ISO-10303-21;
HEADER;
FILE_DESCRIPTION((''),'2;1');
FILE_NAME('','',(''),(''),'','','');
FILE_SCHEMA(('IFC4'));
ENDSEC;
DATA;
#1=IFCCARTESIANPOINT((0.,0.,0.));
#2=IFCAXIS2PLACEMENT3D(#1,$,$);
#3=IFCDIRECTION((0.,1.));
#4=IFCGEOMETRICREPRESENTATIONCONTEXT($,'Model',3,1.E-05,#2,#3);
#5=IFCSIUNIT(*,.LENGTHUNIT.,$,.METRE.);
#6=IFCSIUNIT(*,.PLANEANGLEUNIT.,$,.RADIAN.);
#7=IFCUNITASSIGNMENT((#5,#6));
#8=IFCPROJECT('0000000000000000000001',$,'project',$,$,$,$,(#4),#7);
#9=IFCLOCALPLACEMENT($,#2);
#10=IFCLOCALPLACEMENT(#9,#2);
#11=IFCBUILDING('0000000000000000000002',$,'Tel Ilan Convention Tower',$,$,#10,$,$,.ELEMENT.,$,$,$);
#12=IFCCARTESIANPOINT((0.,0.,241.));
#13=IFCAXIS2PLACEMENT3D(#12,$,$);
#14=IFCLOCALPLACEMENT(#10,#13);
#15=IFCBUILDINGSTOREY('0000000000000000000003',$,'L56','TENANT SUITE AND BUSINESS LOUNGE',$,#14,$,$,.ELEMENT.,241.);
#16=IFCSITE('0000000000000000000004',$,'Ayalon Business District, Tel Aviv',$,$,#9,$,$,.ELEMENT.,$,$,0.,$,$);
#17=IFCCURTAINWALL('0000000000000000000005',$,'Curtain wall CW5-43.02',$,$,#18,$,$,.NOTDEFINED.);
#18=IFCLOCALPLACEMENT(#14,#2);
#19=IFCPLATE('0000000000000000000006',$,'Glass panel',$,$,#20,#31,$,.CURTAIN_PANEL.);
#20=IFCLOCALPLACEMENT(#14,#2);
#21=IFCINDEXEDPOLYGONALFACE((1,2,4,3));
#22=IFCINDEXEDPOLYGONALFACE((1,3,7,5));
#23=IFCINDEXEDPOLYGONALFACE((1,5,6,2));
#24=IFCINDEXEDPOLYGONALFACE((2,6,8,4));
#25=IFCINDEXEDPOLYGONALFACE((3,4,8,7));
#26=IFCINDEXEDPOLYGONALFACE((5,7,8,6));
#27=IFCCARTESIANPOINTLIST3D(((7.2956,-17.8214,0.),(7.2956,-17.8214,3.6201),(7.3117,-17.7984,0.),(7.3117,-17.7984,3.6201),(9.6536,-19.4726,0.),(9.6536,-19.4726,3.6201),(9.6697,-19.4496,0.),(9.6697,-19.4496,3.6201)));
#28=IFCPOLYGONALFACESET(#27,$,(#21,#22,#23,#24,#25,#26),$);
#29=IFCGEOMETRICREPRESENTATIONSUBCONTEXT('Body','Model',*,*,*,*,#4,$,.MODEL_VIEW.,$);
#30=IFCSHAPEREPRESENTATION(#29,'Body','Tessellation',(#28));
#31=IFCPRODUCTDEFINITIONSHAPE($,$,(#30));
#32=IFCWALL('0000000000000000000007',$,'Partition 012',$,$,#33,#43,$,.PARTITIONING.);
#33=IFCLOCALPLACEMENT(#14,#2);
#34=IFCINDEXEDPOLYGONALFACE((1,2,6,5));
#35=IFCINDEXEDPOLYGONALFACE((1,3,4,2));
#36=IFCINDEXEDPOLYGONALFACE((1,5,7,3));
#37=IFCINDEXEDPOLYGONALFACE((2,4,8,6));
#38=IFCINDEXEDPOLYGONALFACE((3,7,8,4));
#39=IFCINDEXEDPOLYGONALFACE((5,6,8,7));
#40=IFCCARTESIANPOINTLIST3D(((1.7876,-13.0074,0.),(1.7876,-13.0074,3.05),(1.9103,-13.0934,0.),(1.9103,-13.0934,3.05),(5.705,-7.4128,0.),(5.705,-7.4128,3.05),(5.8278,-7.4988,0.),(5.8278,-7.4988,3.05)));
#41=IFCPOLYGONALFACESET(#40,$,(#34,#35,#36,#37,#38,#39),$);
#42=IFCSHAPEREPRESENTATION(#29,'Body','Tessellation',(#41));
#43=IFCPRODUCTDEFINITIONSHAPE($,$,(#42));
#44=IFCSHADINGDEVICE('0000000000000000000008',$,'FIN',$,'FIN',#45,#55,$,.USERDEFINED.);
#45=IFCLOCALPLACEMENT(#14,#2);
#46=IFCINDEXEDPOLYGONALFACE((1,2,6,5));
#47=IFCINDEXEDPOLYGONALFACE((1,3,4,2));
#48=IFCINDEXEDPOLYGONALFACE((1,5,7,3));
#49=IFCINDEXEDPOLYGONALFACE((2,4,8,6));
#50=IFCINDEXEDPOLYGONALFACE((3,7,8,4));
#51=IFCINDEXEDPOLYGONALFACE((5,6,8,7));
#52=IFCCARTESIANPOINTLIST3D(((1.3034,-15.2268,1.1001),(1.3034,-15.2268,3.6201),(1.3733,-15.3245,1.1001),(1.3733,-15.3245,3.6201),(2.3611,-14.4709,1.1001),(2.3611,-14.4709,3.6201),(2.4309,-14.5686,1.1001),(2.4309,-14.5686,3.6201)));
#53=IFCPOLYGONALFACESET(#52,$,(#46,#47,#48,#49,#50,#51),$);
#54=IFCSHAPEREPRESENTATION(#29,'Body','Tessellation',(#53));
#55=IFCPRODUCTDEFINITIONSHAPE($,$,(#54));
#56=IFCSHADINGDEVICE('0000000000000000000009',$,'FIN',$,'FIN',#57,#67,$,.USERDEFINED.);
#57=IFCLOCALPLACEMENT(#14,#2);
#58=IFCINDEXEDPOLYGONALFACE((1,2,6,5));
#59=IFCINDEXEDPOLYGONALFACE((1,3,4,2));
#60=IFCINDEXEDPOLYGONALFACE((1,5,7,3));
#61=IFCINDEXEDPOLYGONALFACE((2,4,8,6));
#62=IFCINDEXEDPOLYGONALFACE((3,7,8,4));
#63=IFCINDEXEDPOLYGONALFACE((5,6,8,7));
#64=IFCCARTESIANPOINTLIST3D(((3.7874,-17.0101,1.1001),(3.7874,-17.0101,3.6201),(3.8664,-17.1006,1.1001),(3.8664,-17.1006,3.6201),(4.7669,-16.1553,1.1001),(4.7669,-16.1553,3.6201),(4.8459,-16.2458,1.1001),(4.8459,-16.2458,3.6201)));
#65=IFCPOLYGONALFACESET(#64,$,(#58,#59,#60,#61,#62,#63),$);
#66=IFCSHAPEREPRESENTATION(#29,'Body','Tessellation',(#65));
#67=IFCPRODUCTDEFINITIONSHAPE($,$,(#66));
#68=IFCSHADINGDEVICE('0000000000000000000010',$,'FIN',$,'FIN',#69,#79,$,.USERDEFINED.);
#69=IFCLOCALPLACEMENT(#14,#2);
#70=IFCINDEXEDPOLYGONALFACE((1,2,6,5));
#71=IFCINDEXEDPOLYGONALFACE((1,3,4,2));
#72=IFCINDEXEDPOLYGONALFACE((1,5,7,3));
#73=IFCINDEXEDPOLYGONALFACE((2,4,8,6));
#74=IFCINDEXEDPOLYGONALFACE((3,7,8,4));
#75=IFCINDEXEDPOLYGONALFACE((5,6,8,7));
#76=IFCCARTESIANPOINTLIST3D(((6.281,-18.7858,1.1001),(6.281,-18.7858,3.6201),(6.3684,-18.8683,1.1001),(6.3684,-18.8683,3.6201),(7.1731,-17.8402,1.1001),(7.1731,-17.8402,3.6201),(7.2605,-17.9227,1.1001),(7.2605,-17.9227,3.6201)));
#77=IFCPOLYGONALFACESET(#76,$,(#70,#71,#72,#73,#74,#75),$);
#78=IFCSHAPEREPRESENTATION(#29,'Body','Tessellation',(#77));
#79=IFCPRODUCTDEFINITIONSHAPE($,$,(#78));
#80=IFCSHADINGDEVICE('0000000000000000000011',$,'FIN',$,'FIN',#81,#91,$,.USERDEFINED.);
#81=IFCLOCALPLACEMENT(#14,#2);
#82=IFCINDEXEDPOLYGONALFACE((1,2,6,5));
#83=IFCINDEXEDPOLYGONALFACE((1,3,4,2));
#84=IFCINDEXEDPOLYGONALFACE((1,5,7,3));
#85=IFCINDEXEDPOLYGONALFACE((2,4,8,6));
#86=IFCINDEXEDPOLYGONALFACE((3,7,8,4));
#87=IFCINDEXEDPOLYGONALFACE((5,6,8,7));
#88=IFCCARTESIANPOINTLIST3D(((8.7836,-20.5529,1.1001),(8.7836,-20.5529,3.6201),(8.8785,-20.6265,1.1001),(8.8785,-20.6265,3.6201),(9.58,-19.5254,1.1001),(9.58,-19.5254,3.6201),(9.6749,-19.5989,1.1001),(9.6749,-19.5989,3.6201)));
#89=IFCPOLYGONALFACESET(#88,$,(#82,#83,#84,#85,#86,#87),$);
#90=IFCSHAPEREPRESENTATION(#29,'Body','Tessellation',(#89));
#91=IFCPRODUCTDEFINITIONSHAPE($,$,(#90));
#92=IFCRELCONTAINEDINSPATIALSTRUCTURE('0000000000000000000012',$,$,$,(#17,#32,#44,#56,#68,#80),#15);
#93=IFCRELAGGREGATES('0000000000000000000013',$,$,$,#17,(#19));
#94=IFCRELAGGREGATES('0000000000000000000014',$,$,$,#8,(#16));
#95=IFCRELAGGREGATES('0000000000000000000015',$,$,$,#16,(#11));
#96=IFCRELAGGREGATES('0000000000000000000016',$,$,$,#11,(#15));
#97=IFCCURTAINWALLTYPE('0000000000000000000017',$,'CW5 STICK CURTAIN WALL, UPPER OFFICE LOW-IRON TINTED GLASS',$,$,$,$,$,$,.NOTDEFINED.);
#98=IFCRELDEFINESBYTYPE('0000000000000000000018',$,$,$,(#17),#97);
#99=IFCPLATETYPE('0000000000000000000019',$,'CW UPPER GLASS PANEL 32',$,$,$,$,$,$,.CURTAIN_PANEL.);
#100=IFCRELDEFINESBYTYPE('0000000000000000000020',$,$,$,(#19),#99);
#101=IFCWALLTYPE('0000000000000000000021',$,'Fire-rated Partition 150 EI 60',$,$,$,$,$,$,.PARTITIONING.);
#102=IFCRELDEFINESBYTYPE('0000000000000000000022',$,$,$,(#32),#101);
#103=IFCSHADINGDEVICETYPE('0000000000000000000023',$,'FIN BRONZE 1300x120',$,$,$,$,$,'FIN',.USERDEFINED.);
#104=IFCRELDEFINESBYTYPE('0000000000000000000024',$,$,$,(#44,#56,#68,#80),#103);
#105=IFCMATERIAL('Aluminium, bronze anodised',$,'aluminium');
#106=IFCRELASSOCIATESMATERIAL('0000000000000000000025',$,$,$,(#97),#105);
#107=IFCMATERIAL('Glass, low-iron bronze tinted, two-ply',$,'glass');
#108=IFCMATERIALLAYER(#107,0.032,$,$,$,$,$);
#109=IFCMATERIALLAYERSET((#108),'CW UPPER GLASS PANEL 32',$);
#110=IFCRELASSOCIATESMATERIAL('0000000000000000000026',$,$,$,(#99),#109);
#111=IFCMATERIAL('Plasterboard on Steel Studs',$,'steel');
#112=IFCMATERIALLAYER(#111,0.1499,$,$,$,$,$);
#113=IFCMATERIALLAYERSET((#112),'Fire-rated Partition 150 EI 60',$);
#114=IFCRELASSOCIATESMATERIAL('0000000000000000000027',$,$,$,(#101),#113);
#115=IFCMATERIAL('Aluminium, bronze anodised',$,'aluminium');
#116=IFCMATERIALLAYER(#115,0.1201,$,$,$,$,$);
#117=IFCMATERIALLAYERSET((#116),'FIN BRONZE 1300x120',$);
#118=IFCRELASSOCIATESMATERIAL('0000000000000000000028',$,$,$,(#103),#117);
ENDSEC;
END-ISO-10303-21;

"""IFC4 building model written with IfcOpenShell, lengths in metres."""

from ifc_helpers import new_model, si_unit, direction, frame, frame_2d, origin, origin_2d, place, context, subcontext, project, spatial, rectangle, extrude, material, layer, layer_set, type_object, element, aggregate, save


model = new_model("IFC4")

# Units and contexts
model_context = context("Model", 3, precision=1e-05, world=origin(), true_north=direction((0.0, 1.0)))
body_context = subcontext(model_context, "Body", "Model", "MODEL_VIEW")
ifc_project = project(units=[si_unit("LENGTHUNIT", "METRE"), si_unit("PLANEANGLEUNIT", "RADIAN")], contexts=[model_context])

# Site, building, storey
site_placement = place(None, origin())
site = spatial("IfcSite", under=ifc_project, at=site_placement, Name="Ayalon Business District, Tel Aviv", CompositionType="ELEMENT", RefElevation=0.0)
building_placement = place(site_placement, origin())
building = spatial("IfcBuilding", under=site, at=building_placement, Name="Tel Ilan Convention Tower", CompositionType="ELEMENT")
storey_placement = place(building_placement, frame((0.0, 0.0, 241.0)))
storey = spatial("IfcBuildingStorey", under=building, at=storey_placement, Name="L56", Description="TENANT SUITE AND BUSINESS LOUNGE", CompositionType="ELEMENT", Elevation=241.0)

# Curtain wall, plate
ifc_material_1 = material(Name="Aluminium, bronze anodised", Category="aluminium")
curtain_wall_type = type_object("IfcCurtainWallType", Name="CW5 STICK CURTAIN WALL, UPPER OFFICE LOW-IRON TINTED GLASS", PredefinedType="NOTDEFINED", material=ifc_material_1)
curtain_wall_placement = place(storey_placement, origin())
curtain_wall = element("IfcCurtainWall", 1, at=curtain_wall_placement, inside=storey, type_object=curtain_wall_type, Name="Curtain wall CW5-43.02", PredefinedType="NOTDEFINED")
ifc_material_2 = material(Name="Glass, low-iron bronze tinted, two-ply", Category="glass")
ifc_layer_1 = layer(ifc_material_2, 0.032)
ifc_layer_set_1 = layer_set([ifc_layer_1], Name="CW UPPER GLASS PANEL 32")
plate_type = type_object("IfcPlateType", Name="CW UPPER GLASS PANEL 32", PredefinedType="CURTAIN_PANEL", material=ifc_layer_set_1)
plate_1_placement = place(storey_placement, frame((8.4827, -18.6355, 0.0), z_axis=(0.0, 0.0, 1.0), x_axis=(0.819152, -0.573576, 0.0)))
plate_1 = element("IfcPlate", 2, at=plate_1_placement, type_object=plate_type, Name="Glass panel", PredefinedType="CURTAIN_PANEL", context=body_context, shape_type="SweptSolid", body=[
    extrude(rectangle(XDim=2.8787, YDim=0.0281, at=origin_2d()), origin(), (0.0, 0.0, 1.0), 3.6201),
])
aggregate(curtain_wall, [plate_1])

# Wall
ifc_material_3 = material(Name="Plasterboard on Steel Studs", Category="steel")
ifc_layer_2 = layer(ifc_material_3, 0.1499)
ifc_layer_set_2 = layer_set([ifc_layer_2], Name="Fire-rated Partition 150 EI 60")
wall_type = type_object("IfcWallType", Name="Fire-rated Partition 150 EI 60", PredefinedType="PARTITIONING", material=ifc_layer_set_2)
wall_placement = place(storey_placement, frame((1.8489, -13.0505, 0.0), z_axis=(0.0, 0.0, 1.0), x_axis=(0.573577, 0.819151, 0.0)))
element("IfcWall", 3, at=wall_placement, inside=storey, type_object=wall_type, Name="Partition 012", PredefinedType="PARTITIONING", context=body_context, shape_type="SweptSolid", body=[
    extrude(rectangle(XDim=6.8298, YDim=0.1499, at=frame_2d((3.415, 0.0))), origin(), (0.0, 0.0, 1.0), 3.05),
])

# Shading devices
ifc_material_4 = material(Name="Aluminium, bronze anodised", Category="aluminium")
ifc_layer_3 = layer(ifc_material_4, 0.1201)
ifc_layer_set_3 = layer_set([ifc_layer_3], Name="FIN BRONZE 1300x120")
shading_device_type = type_object("IfcShadingDeviceType", Name="FIN BRONZE 1300x120", ElementType="FIN", PredefinedType="USERDEFINED", material=ifc_layer_set_3)
for number, where, z_axis, x_axis, name in (
    (4, (1.8672, -14.8977, 1.1001), (0.0, 0.0, 1.0), (-0.813552, -0.581492, 0.0), "FIN"),
    (5, (4.3167, -16.6279, 1.1001), (0.0, 0.0, 1.0), (-0.753436, -0.657521, 0.0), "FIN"),
    (6, (6.7708, -18.3542, 1.1001), (0.0, 0.0, 1.0), (-0.686242, -0.727374, 0.0), "FIN"),
    (7, (9.2292, -20.0759, 1.1001), (0.0, 0.0, 1.0), (-0.612601, -0.790393, 0.0), "FIN"),
):
    element("IfcShadingDevice", number, at=place(storey_placement, frame(where, z_axis=z_axis, x_axis=x_axis)), inside=storey, type_object=shading_device_type, Name=name, ObjectType="FIN", PredefinedType="USERDEFINED", context=body_context, shape_type="SweptSolid", body=[
        extrude(rectangle(XDim=1.3, YDim=0.1201, at=origin_2d()), origin(), (0.0, 0.0, 1.0), 2.52),
    ])

save(model, "model.ifc")
